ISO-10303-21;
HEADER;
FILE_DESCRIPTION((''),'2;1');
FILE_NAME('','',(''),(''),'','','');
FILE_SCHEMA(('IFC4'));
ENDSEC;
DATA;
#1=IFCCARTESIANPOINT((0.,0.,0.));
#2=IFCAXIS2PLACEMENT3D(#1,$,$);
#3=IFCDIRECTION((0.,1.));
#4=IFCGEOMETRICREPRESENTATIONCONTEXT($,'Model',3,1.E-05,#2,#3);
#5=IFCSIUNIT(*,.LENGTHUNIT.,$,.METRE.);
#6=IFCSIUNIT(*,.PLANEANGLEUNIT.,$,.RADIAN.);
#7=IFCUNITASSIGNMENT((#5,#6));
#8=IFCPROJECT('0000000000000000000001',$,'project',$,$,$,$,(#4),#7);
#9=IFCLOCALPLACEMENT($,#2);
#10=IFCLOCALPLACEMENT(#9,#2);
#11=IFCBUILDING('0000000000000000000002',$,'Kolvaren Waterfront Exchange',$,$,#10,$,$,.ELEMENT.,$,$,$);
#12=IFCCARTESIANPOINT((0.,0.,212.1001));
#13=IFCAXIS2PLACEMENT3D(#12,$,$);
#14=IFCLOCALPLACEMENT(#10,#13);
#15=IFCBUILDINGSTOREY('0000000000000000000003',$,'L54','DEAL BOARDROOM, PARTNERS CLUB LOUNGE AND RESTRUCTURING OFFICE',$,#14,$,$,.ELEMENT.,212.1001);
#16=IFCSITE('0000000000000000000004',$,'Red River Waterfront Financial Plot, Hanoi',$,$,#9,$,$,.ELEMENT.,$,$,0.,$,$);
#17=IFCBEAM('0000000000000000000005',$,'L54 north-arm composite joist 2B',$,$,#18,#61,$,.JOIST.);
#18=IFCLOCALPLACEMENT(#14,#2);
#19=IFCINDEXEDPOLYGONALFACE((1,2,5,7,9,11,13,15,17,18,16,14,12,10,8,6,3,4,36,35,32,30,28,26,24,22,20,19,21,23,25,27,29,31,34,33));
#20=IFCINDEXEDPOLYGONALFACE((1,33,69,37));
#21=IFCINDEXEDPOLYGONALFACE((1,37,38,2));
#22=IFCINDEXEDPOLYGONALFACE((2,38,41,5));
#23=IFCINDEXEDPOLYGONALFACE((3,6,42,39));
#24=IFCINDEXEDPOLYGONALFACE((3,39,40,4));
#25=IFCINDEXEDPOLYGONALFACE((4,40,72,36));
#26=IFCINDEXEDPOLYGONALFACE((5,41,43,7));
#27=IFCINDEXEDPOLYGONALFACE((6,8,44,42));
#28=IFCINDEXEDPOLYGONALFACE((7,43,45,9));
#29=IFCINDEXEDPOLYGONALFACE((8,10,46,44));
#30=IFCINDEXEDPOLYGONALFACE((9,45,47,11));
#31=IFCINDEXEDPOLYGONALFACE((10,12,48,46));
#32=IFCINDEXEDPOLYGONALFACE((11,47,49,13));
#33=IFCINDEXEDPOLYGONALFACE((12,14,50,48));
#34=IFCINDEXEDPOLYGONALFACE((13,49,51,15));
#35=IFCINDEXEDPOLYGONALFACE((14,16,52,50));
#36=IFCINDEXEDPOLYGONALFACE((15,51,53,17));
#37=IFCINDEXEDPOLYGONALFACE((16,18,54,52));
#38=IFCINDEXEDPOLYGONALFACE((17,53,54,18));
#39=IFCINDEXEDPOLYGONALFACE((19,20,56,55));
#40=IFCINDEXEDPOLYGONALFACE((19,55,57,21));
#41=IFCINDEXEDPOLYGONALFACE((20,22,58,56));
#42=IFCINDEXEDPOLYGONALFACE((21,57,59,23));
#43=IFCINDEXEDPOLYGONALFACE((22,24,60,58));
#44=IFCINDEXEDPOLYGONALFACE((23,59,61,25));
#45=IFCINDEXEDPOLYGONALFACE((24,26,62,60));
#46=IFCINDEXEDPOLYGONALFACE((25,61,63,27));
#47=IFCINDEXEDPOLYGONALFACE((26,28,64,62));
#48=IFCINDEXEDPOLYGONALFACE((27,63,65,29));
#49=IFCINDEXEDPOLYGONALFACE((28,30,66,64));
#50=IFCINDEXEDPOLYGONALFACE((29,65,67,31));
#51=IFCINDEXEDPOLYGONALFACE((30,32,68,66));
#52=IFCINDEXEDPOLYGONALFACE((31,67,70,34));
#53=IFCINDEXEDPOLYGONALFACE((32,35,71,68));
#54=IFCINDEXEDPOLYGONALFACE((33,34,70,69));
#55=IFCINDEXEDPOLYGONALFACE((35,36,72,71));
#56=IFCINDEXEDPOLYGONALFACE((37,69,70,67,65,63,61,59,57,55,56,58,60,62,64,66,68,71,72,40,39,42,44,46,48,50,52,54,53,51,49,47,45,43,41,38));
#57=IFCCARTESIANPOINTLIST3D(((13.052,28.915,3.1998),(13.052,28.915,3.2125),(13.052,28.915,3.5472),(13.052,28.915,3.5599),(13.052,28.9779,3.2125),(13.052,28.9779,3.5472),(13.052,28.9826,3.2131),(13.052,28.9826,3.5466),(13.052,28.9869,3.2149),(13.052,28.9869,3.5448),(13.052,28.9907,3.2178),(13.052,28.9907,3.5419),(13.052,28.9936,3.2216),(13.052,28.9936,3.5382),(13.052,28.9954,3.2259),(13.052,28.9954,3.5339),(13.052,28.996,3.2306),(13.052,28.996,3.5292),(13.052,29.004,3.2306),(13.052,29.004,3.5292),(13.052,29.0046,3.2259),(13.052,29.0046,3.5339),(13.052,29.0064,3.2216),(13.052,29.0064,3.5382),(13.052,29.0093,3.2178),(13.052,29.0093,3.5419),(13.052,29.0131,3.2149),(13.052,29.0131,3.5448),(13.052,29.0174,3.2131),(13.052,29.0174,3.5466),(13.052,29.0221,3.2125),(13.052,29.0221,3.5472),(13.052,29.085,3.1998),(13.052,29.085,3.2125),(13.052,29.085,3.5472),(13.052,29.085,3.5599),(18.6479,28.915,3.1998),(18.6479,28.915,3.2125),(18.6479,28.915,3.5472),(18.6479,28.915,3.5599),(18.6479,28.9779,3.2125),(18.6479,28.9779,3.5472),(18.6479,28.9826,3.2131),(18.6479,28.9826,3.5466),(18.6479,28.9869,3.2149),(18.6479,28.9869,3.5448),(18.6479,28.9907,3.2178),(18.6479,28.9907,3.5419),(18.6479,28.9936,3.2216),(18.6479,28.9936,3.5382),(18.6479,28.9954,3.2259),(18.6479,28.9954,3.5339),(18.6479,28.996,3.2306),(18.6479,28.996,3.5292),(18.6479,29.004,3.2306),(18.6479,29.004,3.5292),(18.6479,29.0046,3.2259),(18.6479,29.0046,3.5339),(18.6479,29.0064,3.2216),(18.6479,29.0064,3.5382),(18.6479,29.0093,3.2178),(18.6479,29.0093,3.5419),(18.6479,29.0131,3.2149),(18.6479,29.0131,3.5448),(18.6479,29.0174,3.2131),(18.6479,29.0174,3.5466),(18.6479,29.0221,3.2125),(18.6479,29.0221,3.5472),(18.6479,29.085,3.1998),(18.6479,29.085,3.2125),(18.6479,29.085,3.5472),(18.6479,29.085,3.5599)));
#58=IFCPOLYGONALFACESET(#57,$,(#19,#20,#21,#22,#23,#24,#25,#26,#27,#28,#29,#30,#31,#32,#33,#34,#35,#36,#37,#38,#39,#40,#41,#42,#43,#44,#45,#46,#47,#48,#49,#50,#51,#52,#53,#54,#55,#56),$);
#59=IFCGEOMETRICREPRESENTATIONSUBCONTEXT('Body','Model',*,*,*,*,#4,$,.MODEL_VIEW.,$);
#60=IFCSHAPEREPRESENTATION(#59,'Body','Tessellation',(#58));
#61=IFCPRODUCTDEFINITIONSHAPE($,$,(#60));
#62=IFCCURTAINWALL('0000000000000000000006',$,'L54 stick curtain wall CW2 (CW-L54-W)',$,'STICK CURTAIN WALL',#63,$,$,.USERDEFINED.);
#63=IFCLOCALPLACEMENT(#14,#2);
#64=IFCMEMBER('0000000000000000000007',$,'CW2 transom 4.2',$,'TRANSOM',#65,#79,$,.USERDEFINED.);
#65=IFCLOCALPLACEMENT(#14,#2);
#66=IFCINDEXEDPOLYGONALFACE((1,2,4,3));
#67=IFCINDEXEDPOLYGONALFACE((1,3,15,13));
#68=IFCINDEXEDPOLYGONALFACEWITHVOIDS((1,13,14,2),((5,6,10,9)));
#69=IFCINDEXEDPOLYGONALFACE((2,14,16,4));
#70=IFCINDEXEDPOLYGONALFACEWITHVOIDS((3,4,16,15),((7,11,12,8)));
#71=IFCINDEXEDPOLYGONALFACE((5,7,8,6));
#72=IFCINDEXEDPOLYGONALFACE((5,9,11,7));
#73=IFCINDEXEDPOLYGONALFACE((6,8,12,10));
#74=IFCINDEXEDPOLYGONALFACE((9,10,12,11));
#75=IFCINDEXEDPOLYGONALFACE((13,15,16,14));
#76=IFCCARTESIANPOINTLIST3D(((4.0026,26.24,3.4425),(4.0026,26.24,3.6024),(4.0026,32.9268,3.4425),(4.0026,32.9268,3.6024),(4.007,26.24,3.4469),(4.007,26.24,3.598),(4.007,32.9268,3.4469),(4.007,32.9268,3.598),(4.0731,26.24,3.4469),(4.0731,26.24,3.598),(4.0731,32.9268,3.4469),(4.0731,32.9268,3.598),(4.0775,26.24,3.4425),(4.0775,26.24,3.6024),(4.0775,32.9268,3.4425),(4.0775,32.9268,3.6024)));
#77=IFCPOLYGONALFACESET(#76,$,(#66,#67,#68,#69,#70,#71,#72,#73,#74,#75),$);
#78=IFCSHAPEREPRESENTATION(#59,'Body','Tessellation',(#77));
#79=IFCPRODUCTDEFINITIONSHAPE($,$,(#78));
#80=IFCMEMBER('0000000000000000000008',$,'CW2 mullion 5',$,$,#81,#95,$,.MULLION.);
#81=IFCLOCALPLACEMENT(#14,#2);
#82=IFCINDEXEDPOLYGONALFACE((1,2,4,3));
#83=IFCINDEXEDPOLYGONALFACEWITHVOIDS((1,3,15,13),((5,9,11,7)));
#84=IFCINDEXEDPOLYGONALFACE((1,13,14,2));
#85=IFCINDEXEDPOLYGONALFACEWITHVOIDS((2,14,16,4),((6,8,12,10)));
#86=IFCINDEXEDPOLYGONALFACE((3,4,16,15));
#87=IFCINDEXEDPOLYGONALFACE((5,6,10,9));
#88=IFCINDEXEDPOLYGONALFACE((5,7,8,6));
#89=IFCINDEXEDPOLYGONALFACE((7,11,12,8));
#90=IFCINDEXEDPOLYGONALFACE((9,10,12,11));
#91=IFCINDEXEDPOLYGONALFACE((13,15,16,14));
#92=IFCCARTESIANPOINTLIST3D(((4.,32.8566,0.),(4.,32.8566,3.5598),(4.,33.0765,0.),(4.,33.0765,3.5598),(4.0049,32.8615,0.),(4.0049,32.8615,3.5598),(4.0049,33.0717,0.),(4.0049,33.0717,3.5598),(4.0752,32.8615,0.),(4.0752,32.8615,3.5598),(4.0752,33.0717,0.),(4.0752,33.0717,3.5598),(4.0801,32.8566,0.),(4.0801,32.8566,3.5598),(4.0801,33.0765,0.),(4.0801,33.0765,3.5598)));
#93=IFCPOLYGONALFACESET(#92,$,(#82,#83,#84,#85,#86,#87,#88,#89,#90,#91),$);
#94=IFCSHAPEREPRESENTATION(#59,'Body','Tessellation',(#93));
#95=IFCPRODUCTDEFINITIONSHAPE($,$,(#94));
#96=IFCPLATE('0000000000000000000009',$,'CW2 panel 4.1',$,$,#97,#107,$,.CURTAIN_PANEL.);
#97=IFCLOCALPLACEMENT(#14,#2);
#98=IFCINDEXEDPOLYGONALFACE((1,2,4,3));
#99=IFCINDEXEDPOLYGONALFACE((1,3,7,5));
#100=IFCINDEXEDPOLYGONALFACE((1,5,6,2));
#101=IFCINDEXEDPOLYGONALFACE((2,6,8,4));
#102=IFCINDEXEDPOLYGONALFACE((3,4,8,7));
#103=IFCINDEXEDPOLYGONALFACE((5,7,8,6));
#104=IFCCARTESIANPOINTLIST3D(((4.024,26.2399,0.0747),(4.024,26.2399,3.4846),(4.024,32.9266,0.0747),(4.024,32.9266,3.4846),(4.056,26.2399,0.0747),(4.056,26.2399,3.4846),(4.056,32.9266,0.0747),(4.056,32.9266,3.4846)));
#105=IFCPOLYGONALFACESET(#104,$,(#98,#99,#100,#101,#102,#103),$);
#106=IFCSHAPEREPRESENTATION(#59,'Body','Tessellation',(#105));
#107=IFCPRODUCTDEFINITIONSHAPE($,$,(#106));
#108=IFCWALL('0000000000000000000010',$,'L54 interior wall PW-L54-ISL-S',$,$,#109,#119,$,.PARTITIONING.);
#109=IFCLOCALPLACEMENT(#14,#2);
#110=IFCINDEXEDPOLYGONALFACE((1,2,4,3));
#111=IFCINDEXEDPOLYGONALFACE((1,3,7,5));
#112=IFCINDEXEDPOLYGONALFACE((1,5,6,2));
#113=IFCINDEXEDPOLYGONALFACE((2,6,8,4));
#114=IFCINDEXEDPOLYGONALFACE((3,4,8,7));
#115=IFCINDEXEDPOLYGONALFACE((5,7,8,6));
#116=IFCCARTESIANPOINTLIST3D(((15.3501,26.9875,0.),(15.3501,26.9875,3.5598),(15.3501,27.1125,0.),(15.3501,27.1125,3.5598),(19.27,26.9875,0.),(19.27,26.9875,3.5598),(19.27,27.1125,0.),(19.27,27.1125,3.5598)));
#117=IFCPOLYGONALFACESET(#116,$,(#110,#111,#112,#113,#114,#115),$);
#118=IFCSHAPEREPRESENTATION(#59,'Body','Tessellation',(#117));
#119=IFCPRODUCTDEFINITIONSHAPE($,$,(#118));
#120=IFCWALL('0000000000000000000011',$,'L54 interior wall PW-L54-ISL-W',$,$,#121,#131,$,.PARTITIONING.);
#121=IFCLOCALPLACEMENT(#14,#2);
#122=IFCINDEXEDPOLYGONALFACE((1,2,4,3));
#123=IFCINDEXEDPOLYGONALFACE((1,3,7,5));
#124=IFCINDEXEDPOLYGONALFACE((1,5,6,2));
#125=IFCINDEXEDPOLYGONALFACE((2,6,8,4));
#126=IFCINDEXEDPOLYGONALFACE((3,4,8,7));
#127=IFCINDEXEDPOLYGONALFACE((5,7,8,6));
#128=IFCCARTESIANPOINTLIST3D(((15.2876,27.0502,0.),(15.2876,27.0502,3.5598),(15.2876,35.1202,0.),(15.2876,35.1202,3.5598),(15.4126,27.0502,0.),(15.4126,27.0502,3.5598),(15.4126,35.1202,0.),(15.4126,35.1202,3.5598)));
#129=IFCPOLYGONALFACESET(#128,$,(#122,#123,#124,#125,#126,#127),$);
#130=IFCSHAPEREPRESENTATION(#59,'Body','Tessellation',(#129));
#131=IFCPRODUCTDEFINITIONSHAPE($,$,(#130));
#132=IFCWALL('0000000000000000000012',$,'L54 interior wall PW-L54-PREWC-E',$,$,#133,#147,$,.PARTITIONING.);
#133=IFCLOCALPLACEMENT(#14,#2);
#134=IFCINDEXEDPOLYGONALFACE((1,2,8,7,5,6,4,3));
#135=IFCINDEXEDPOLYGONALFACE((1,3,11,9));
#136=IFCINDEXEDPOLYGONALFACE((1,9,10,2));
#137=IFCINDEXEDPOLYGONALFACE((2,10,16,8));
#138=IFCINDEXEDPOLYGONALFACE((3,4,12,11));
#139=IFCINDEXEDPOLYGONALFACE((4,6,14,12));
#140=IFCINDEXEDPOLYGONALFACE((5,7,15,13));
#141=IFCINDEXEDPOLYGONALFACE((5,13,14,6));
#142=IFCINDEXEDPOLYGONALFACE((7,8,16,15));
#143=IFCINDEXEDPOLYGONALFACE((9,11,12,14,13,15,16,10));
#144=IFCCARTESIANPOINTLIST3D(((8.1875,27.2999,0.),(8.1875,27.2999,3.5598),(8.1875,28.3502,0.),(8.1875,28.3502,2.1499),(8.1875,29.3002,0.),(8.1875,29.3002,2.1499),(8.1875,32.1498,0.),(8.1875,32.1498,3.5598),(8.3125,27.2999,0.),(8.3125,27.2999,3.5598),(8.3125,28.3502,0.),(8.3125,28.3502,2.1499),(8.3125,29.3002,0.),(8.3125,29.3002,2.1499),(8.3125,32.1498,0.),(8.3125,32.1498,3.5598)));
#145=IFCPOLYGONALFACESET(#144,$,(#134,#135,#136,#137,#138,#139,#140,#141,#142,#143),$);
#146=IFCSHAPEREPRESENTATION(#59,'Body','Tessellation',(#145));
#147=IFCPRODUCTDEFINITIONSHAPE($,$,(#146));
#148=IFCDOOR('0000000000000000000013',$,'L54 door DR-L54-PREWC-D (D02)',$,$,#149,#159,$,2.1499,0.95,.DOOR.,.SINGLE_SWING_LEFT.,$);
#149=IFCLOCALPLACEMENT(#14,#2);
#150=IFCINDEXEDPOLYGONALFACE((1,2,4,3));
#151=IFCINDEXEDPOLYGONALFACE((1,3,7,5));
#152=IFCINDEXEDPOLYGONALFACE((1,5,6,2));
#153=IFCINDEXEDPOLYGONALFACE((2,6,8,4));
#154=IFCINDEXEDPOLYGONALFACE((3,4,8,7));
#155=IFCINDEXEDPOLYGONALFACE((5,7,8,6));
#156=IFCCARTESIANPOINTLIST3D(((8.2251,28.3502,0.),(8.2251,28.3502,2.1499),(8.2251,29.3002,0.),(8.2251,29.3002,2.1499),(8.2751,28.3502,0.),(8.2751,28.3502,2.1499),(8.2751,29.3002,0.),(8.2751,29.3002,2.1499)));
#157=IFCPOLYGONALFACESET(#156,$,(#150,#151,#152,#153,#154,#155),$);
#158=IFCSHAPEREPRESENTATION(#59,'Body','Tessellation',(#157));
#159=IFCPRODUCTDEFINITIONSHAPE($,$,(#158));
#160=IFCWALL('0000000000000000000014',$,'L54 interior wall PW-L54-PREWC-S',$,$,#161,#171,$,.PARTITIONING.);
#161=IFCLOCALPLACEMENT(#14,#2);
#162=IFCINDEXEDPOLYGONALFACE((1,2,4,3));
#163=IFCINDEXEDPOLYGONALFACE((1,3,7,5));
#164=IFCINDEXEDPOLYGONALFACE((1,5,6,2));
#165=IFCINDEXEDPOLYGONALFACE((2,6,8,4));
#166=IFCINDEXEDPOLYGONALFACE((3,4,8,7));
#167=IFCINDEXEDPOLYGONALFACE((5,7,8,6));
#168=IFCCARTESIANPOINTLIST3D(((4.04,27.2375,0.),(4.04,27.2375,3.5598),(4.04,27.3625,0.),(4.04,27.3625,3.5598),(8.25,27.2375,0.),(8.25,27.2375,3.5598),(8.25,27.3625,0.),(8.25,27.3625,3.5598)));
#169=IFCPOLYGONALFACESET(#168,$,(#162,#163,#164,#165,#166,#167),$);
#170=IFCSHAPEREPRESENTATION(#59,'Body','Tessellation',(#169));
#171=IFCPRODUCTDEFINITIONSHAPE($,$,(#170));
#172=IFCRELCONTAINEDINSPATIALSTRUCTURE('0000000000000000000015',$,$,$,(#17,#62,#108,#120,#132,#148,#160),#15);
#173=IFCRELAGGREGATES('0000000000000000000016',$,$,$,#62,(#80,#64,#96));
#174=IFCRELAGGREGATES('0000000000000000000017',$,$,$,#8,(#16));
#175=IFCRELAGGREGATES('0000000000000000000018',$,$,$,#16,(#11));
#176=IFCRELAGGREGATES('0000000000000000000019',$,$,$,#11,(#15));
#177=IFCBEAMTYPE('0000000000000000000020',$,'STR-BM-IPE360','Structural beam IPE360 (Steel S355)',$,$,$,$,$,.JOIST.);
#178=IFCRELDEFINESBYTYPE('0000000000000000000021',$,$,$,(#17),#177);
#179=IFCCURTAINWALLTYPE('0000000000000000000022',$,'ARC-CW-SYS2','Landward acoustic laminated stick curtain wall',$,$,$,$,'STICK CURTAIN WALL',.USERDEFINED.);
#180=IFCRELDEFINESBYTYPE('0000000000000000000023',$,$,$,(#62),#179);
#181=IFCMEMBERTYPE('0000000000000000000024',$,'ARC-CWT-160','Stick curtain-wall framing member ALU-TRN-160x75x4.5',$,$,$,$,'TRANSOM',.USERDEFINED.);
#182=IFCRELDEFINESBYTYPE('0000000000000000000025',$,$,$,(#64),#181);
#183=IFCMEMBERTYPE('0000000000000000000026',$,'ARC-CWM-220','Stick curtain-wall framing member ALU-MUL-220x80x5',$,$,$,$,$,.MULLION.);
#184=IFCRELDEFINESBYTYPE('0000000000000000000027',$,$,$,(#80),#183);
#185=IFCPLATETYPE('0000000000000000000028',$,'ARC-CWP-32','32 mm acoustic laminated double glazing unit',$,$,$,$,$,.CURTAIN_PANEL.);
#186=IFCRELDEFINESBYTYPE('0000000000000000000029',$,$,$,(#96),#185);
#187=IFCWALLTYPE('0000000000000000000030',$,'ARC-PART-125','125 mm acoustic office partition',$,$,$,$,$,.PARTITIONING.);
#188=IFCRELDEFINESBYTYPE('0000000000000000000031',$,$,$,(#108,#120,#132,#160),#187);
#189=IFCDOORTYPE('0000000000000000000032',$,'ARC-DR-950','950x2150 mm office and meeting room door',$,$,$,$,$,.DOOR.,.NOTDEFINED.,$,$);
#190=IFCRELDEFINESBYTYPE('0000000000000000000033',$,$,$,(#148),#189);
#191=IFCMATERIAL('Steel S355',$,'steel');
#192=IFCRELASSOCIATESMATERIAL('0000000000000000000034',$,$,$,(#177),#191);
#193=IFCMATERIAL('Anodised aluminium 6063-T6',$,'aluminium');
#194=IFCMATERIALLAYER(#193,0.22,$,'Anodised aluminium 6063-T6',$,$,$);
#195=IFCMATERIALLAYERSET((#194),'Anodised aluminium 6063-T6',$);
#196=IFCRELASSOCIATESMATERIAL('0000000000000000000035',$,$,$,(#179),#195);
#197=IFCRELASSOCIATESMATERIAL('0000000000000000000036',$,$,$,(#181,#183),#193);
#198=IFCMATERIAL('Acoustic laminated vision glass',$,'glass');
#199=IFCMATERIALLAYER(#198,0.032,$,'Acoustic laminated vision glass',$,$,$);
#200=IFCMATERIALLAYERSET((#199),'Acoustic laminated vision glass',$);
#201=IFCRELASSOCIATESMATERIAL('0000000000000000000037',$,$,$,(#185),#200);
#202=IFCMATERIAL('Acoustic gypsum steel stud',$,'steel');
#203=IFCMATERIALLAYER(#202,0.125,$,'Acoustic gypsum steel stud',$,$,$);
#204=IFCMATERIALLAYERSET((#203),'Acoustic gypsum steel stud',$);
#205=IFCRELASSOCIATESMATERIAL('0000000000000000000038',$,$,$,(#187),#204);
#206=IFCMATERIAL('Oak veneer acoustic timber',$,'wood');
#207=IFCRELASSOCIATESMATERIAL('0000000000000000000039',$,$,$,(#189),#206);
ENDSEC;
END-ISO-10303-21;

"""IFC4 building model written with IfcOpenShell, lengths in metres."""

from ifc_helpers import new_model, si_unit, direction, frame, frame_2d, origin, origin_with_axes, origin_2d, place, context, subcontext, project, spatial, rectangle, hollow_rectangle, i_section, extrude, source, transform, mapped, material, layer, layer_set, material_profile, profile_set, type_object, element, fill, aggregate, save


model = new_model("IFC4")

# Units and contexts
model_context = context("Model", 3, precision=1e-05, world=origin(), true_north=direction((0.0, 1.0)))
body_context = subcontext(model_context, "Body", "Model", "MODEL_VIEW")
ifc_project = project(units=[si_unit("LENGTHUNIT", "METRE"), si_unit("PLANEANGLEUNIT", "RADIAN")], contexts=[model_context])

# Site, building, storey
site_placement = place(None, origin())
site = spatial("IfcSite", under=ifc_project, at=site_placement, Name="Red River Waterfront Financial Plot, Hanoi", CompositionType="ELEMENT", RefElevation=0.0)
building_placement = place(site_placement, origin())
building = spatial("IfcBuilding", under=site, at=building_placement, Name="Kolvaren Waterfront Exchange", CompositionType="ELEMENT")
storey_placement = place(building_placement, frame((0.0, 0.0, 212.1001)))
storey = spatial("IfcBuildingStorey", under=building, at=storey_placement, Name="L54", Description="DEAL BOARDROOM, PARTNERS CLUB LOUNGE AND RESTRUCTURING OFFICE", CompositionType="ELEMENT", Elevation=212.1001)

# Beam
ifc_material_1 = material(Name="Steel S355", Category="steel")
ifc_material_profile_1 = material_profile(ifc_material_1, i_section(OverallWidth=0.1699, OverallDepth=0.3601, WebThickness=0.0081, FlangeThickness=0.0127, FilletRadius=0.0181, at=origin_2d()), Name="IPE360")
ifc_profile_set_1 = profile_set([ifc_material_profile_1], Name="Steel S355")
beam_type_1 = type_object("IfcBeamType", Name="STR-BM-IPE360", Description="Structural beam IPE360 (Steel S355)", PredefinedType="JOIST", material=ifc_profile_set_1)
beam_1_placement = place(storey_placement, frame((13.052, 29.0, 3.3799), z_axis=(1.0, 0.0, 0.0), x_axis=(0.0, 1.0, 0.0)))
element("IfcBeam", 1, at=beam_1_placement, inside=storey, type_object=beam_type_1, Name="L54 north-arm composite joist 2B", PredefinedType="JOIST", context=body_context, shape_type="SweptSolid", body=[
    extrude(i_section(OverallWidth=0.1699, OverallDepth=0.3601, WebThickness=0.0081, FlangeThickness=0.0127, FilletRadius=0.0181, at=origin_2d()), origin(), (0.0, 0.0, 1.0), 5.5959),
])

# Curtain wall, members, plate
ifc_material_2 = material(Name="Anodised aluminium 6063-T6", Category="aluminium")
ifc_layer_1 = layer(ifc_material_2, 0.22, Name="Anodised aluminium 6063-T6")
ifc_layer_set_1 = layer_set([ifc_layer_1], Name="Anodised aluminium 6063-T6")
curtain_wall_type = type_object("IfcCurtainWallType", Name="ARC-CW-SYS2", Description="Landward acoustic laminated stick curtain wall", ElementType="STICK CURTAIN WALL", PredefinedType="USERDEFINED", material=ifc_layer_set_1)
curtain_wall_placement = place(storey_placement, origin())
curtain_wall = element("IfcCurtainWall", 2, at=curtain_wall_placement, inside=storey, type_object=curtain_wall_type, Name="L54 stick curtain wall CW2 (CW-L54-W)", ObjectType="STICK CURTAIN WALL", PredefinedType="USERDEFINED")
ifc_material_profile_2 = material_profile(ifc_material_2, hollow_rectangle(XDim=0.075, YDim=0.1599, WallThickness=0.0044, at=origin_2d()), Name="ALU-TRN-160x75x4.5")
ifc_profile_set_2 = profile_set([ifc_material_profile_2], Name="Anodised aluminium 6063-T6")
member_type_1 = type_object("IfcMemberType", Name="ARC-CWT-160", Description="Stick curtain-wall framing member ALU-TRN-160x75x4.5", ElementType="TRANSOM", PredefinedType="USERDEFINED", material=ifc_profile_set_2)
shared_shape_1 = source(origin_with_axes(), body_context, "Body", "SweptSolid", [
    extrude(hollow_rectangle(XDim=0.075, YDim=0.1599, WallThickness=0.0044, at=origin_2d()), origin(), (0.0, 0.0, 1.0), 6.6868),
])
member_1_placement = place(storey_placement, frame((4.04, 26.24, 3.5225), z_axis=(0.0, 1.0, 0.0), x_axis=(-1.0, 0.0, 0.0)))
member_1 = element("IfcMember", 3, at=member_1_placement, type_object=member_type_1, Name="CW2 transom 4.2", ObjectType="TRANSOM", PredefinedType="USERDEFINED", context=body_context, shape_type="MappedRepresentation", body=[
    mapped(shared_shape_1, transform((0.0, 0.0, 0.0), x_axis=(1.0, 0.0, 0.0), y_axis=(0.0, 1.0, 0.0), z_axis=(0.0, 0.0, 1.0), scale=1.0)),
])
ifc_material_profile_3 = material_profile(ifc_material_2, hollow_rectangle(XDim=0.0801, YDim=0.22, WallThickness=0.0049, at=origin_2d()), Name="ALU-MUL-220x80x5")
ifc_profile_set_3 = profile_set([ifc_material_profile_3], Name="Anodised aluminium 6063-T6")
member_type_2 = type_object("IfcMemberType", Name="ARC-CWM-220", Description="Stick curtain-wall framing member ALU-MUL-220x80x5", PredefinedType="MULLION", material=ifc_profile_set_3)
shared_shape_2 = source(origin_with_axes(), body_context, "Body", "SweptSolid", [
    extrude(hollow_rectangle(XDim=0.0801, YDim=0.22, WallThickness=0.0049, at=origin_2d()), origin(), (0.0, 0.0, 1.0), 3.5598),
])
member_2_placement = place(storey_placement, frame((4.04, 32.9666, 0.0), z_axis=(0.0, 0.0, 1.0), x_axis=(-1.0, 0.0, 0.0)))
member_2 = element("IfcMember", 4, at=member_2_placement, type_object=member_type_2, Name="CW2 mullion 5", PredefinedType="MULLION", context=body_context, shape_type="MappedRepresentation", body=[
    mapped(shared_shape_2, transform((0.0, 0.0, 0.0), x_axis=(1.0, 0.0, 0.0), y_axis=(0.0, 1.0, 0.0), z_axis=(0.0, 0.0, 1.0), scale=1.0)),
])
ifc_material_3 = material(Name="Acoustic laminated vision glass", Category="glass")
ifc_layer_2 = layer(ifc_material_3, 0.032, Name="Acoustic laminated vision glass")
ifc_layer_set_2 = layer_set([ifc_layer_2], Name="Acoustic laminated vision glass")
plate_type = type_object("IfcPlateType", Name="ARC-CWP-32", Description="32 mm acoustic laminated double glazing unit", PredefinedType="CURTAIN_PANEL", material=ifc_layer_set_2)
shared_shape_3 = source(origin_with_axes(), body_context, "Body", "SweptSolid", [
    extrude(rectangle(XDim=6.6868, YDim=0.032, at=origin_2d()), origin(), (0.0, 0.0, 1.0), 3.4099),
])
plate_placement = place(storey_placement, frame((4.04, 29.5833, 0.0747), z_axis=(0.0, 0.0, 1.0), x_axis=(0.0, 1.0, 0.0)))
plate = element("IfcPlate", 5, at=plate_placement, type_object=plate_type, Name="CW2 panel 4.1", PredefinedType="CURTAIN_PANEL", context=body_context, shape_type="MappedRepresentation", body=[
    mapped(shared_shape_3, transform((0.0, 0.0, 0.0), x_axis=(1.0, 0.0, 0.0), y_axis=(0.0, 1.0, 0.0), z_axis=(0.0, 0.0, 1.0), scale=1.0)),
])
aggregate(curtain_wall, [member_2, member_1, plate])

# Walls
ifc_material_4 = material(Name="Acoustic gypsum steel stud", Category="steel")
ifc_layer_3 = layer(ifc_material_4, 0.125, Name="Acoustic gypsum steel stud")
ifc_layer_set_3 = layer_set([ifc_layer_3], Name="Acoustic gypsum steel stud")
wall_type_1 = type_object("IfcWallType", Name="ARC-PART-125", Description="125 mm acoustic office partition", PredefinedType="PARTITIONING", material=ifc_layer_set_3)
wall_1_placement = place(storey_placement, frame((15.3501, 27.05, 0.0), z_axis=(0.0, 0.0, 1.0), x_axis=(1.0, 0.0, 0.0)))
element("IfcWall", 6, at=wall_1_placement, inside=storey, type_object=wall_type_1, Name="L54 interior wall PW-L54-ISL-S", PredefinedType="PARTITIONING", context=body_context, shape_type="SweptSolid", body=[
    extrude(rectangle(XDim=3.9199, YDim=0.125, at=frame_2d((1.96, 0.0))), origin(), (0.0, 0.0, 1.0), 3.5598),
])
wall_2_placement = place(storey_placement, frame((15.3501, 27.05, 0.0), z_axis=(0.0, 0.0, 1.0), x_axis=(0.0, 1.0, 0.0)))
element("IfcWall", 7, at=wall_2_placement, inside=storey, type_object=wall_type_1, Name="L54 interior wall PW-L54-ISL-W", PredefinedType="PARTITIONING", context=body_context, shape_type="SweptSolid", body=[
    extrude(rectangle(XDim=8.0701, YDim=0.125, at=frame_2d((4.0352, 0.0))), origin(), (0.0, 0.0, 1.0), 3.5598),
])

# Wall, opening, door
wall_3_placement = place(storey_placement, frame((8.25, 27.3, 0.0), z_axis=(0.0, 0.0, 1.0), x_axis=(0.0, 1.0, 0.0)))
wall_3 = element("IfcWall", 8, at=wall_3_placement, inside=storey, type_object=wall_type_1, Name="L54 interior wall PW-L54-PREWC-E", PredefinedType="PARTITIONING", context=body_context, shape_type="SweptSolid", body=[
    extrude(rectangle(XDim=4.8499, YDim=0.125, at=frame_2d((2.4248, 0.0))), origin(), (0.0, 0.0, 1.0), 3.5598),
])
opening_1_placement = place(wall_3_placement, frame((1.05, 0.0, 0.0)))
opening_1 = element("IfcOpeningElement", 9, at=opening_1_placement, cuts=wall_3, PredefinedType="OPENING", context=body_context, shape_type="SweptSolid", body=[
    extrude(rectangle(XDim=0.95, YDim=2.1499, at=frame_2d((0.4751, 1.075))), frame((0.0, 0.0725, 0.0), z_axis=(0.0, -1.0, 0.0), x_axis=(1.0, 0.0, 0.0)), (0.0, 0.0, 1.0), 0.145),
])
ifc_material_5 = material(Name="Oak veneer acoustic timber", Category="wood")
door_type_1 = type_object("IfcDoorType", Name="ARC-DR-950", Description="950x2150 mm office and meeting room door", OperationType="NOTDEFINED", PredefinedType="DOOR", material=ifc_material_5)
door_1_placement = place(opening_1_placement, origin())
door_1 = element("IfcDoor", 10, at=door_1_placement, inside=storey, type_object=door_type_1, Name="L54 door DR-L54-PREWC-D (D02)", OperationType="SINGLE_SWING_LEFT", OverallHeight=2.1499, OverallWidth=0.95, PredefinedType="DOOR", context=body_context, shape_type="SweptSolid", body=[
    extrude(rectangle(XDim=0.95, YDim=2.1499, at=frame_2d((0.4751, 1.075))), frame((0.0, 0.0249, 0.0), z_axis=(0.0, -1.0, 0.0), x_axis=(1.0, 0.0, 0.0)), (0.0, 0.0, 1.0), 0.05),
])
fill(opening_1, door_1)

# Wall
wall_4_placement = place(storey_placement, frame((4.04, 27.3, 0.0), z_axis=(0.0, 0.0, 1.0), x_axis=(1.0, 0.0, 0.0)))
element("IfcWall", 11, at=wall_4_placement, inside=storey, type_object=wall_type_1, Name="L54 interior wall PW-L54-PREWC-S", PredefinedType="PARTITIONING", context=body_context, shape_type="SweptSolid", body=[
    extrude(rectangle(XDim=4.21, YDim=0.125, at=frame_2d((2.105, 0.0))), origin(), (0.0, 0.0, 1.0), 3.5598),
])

save(model, "model.ifc")
